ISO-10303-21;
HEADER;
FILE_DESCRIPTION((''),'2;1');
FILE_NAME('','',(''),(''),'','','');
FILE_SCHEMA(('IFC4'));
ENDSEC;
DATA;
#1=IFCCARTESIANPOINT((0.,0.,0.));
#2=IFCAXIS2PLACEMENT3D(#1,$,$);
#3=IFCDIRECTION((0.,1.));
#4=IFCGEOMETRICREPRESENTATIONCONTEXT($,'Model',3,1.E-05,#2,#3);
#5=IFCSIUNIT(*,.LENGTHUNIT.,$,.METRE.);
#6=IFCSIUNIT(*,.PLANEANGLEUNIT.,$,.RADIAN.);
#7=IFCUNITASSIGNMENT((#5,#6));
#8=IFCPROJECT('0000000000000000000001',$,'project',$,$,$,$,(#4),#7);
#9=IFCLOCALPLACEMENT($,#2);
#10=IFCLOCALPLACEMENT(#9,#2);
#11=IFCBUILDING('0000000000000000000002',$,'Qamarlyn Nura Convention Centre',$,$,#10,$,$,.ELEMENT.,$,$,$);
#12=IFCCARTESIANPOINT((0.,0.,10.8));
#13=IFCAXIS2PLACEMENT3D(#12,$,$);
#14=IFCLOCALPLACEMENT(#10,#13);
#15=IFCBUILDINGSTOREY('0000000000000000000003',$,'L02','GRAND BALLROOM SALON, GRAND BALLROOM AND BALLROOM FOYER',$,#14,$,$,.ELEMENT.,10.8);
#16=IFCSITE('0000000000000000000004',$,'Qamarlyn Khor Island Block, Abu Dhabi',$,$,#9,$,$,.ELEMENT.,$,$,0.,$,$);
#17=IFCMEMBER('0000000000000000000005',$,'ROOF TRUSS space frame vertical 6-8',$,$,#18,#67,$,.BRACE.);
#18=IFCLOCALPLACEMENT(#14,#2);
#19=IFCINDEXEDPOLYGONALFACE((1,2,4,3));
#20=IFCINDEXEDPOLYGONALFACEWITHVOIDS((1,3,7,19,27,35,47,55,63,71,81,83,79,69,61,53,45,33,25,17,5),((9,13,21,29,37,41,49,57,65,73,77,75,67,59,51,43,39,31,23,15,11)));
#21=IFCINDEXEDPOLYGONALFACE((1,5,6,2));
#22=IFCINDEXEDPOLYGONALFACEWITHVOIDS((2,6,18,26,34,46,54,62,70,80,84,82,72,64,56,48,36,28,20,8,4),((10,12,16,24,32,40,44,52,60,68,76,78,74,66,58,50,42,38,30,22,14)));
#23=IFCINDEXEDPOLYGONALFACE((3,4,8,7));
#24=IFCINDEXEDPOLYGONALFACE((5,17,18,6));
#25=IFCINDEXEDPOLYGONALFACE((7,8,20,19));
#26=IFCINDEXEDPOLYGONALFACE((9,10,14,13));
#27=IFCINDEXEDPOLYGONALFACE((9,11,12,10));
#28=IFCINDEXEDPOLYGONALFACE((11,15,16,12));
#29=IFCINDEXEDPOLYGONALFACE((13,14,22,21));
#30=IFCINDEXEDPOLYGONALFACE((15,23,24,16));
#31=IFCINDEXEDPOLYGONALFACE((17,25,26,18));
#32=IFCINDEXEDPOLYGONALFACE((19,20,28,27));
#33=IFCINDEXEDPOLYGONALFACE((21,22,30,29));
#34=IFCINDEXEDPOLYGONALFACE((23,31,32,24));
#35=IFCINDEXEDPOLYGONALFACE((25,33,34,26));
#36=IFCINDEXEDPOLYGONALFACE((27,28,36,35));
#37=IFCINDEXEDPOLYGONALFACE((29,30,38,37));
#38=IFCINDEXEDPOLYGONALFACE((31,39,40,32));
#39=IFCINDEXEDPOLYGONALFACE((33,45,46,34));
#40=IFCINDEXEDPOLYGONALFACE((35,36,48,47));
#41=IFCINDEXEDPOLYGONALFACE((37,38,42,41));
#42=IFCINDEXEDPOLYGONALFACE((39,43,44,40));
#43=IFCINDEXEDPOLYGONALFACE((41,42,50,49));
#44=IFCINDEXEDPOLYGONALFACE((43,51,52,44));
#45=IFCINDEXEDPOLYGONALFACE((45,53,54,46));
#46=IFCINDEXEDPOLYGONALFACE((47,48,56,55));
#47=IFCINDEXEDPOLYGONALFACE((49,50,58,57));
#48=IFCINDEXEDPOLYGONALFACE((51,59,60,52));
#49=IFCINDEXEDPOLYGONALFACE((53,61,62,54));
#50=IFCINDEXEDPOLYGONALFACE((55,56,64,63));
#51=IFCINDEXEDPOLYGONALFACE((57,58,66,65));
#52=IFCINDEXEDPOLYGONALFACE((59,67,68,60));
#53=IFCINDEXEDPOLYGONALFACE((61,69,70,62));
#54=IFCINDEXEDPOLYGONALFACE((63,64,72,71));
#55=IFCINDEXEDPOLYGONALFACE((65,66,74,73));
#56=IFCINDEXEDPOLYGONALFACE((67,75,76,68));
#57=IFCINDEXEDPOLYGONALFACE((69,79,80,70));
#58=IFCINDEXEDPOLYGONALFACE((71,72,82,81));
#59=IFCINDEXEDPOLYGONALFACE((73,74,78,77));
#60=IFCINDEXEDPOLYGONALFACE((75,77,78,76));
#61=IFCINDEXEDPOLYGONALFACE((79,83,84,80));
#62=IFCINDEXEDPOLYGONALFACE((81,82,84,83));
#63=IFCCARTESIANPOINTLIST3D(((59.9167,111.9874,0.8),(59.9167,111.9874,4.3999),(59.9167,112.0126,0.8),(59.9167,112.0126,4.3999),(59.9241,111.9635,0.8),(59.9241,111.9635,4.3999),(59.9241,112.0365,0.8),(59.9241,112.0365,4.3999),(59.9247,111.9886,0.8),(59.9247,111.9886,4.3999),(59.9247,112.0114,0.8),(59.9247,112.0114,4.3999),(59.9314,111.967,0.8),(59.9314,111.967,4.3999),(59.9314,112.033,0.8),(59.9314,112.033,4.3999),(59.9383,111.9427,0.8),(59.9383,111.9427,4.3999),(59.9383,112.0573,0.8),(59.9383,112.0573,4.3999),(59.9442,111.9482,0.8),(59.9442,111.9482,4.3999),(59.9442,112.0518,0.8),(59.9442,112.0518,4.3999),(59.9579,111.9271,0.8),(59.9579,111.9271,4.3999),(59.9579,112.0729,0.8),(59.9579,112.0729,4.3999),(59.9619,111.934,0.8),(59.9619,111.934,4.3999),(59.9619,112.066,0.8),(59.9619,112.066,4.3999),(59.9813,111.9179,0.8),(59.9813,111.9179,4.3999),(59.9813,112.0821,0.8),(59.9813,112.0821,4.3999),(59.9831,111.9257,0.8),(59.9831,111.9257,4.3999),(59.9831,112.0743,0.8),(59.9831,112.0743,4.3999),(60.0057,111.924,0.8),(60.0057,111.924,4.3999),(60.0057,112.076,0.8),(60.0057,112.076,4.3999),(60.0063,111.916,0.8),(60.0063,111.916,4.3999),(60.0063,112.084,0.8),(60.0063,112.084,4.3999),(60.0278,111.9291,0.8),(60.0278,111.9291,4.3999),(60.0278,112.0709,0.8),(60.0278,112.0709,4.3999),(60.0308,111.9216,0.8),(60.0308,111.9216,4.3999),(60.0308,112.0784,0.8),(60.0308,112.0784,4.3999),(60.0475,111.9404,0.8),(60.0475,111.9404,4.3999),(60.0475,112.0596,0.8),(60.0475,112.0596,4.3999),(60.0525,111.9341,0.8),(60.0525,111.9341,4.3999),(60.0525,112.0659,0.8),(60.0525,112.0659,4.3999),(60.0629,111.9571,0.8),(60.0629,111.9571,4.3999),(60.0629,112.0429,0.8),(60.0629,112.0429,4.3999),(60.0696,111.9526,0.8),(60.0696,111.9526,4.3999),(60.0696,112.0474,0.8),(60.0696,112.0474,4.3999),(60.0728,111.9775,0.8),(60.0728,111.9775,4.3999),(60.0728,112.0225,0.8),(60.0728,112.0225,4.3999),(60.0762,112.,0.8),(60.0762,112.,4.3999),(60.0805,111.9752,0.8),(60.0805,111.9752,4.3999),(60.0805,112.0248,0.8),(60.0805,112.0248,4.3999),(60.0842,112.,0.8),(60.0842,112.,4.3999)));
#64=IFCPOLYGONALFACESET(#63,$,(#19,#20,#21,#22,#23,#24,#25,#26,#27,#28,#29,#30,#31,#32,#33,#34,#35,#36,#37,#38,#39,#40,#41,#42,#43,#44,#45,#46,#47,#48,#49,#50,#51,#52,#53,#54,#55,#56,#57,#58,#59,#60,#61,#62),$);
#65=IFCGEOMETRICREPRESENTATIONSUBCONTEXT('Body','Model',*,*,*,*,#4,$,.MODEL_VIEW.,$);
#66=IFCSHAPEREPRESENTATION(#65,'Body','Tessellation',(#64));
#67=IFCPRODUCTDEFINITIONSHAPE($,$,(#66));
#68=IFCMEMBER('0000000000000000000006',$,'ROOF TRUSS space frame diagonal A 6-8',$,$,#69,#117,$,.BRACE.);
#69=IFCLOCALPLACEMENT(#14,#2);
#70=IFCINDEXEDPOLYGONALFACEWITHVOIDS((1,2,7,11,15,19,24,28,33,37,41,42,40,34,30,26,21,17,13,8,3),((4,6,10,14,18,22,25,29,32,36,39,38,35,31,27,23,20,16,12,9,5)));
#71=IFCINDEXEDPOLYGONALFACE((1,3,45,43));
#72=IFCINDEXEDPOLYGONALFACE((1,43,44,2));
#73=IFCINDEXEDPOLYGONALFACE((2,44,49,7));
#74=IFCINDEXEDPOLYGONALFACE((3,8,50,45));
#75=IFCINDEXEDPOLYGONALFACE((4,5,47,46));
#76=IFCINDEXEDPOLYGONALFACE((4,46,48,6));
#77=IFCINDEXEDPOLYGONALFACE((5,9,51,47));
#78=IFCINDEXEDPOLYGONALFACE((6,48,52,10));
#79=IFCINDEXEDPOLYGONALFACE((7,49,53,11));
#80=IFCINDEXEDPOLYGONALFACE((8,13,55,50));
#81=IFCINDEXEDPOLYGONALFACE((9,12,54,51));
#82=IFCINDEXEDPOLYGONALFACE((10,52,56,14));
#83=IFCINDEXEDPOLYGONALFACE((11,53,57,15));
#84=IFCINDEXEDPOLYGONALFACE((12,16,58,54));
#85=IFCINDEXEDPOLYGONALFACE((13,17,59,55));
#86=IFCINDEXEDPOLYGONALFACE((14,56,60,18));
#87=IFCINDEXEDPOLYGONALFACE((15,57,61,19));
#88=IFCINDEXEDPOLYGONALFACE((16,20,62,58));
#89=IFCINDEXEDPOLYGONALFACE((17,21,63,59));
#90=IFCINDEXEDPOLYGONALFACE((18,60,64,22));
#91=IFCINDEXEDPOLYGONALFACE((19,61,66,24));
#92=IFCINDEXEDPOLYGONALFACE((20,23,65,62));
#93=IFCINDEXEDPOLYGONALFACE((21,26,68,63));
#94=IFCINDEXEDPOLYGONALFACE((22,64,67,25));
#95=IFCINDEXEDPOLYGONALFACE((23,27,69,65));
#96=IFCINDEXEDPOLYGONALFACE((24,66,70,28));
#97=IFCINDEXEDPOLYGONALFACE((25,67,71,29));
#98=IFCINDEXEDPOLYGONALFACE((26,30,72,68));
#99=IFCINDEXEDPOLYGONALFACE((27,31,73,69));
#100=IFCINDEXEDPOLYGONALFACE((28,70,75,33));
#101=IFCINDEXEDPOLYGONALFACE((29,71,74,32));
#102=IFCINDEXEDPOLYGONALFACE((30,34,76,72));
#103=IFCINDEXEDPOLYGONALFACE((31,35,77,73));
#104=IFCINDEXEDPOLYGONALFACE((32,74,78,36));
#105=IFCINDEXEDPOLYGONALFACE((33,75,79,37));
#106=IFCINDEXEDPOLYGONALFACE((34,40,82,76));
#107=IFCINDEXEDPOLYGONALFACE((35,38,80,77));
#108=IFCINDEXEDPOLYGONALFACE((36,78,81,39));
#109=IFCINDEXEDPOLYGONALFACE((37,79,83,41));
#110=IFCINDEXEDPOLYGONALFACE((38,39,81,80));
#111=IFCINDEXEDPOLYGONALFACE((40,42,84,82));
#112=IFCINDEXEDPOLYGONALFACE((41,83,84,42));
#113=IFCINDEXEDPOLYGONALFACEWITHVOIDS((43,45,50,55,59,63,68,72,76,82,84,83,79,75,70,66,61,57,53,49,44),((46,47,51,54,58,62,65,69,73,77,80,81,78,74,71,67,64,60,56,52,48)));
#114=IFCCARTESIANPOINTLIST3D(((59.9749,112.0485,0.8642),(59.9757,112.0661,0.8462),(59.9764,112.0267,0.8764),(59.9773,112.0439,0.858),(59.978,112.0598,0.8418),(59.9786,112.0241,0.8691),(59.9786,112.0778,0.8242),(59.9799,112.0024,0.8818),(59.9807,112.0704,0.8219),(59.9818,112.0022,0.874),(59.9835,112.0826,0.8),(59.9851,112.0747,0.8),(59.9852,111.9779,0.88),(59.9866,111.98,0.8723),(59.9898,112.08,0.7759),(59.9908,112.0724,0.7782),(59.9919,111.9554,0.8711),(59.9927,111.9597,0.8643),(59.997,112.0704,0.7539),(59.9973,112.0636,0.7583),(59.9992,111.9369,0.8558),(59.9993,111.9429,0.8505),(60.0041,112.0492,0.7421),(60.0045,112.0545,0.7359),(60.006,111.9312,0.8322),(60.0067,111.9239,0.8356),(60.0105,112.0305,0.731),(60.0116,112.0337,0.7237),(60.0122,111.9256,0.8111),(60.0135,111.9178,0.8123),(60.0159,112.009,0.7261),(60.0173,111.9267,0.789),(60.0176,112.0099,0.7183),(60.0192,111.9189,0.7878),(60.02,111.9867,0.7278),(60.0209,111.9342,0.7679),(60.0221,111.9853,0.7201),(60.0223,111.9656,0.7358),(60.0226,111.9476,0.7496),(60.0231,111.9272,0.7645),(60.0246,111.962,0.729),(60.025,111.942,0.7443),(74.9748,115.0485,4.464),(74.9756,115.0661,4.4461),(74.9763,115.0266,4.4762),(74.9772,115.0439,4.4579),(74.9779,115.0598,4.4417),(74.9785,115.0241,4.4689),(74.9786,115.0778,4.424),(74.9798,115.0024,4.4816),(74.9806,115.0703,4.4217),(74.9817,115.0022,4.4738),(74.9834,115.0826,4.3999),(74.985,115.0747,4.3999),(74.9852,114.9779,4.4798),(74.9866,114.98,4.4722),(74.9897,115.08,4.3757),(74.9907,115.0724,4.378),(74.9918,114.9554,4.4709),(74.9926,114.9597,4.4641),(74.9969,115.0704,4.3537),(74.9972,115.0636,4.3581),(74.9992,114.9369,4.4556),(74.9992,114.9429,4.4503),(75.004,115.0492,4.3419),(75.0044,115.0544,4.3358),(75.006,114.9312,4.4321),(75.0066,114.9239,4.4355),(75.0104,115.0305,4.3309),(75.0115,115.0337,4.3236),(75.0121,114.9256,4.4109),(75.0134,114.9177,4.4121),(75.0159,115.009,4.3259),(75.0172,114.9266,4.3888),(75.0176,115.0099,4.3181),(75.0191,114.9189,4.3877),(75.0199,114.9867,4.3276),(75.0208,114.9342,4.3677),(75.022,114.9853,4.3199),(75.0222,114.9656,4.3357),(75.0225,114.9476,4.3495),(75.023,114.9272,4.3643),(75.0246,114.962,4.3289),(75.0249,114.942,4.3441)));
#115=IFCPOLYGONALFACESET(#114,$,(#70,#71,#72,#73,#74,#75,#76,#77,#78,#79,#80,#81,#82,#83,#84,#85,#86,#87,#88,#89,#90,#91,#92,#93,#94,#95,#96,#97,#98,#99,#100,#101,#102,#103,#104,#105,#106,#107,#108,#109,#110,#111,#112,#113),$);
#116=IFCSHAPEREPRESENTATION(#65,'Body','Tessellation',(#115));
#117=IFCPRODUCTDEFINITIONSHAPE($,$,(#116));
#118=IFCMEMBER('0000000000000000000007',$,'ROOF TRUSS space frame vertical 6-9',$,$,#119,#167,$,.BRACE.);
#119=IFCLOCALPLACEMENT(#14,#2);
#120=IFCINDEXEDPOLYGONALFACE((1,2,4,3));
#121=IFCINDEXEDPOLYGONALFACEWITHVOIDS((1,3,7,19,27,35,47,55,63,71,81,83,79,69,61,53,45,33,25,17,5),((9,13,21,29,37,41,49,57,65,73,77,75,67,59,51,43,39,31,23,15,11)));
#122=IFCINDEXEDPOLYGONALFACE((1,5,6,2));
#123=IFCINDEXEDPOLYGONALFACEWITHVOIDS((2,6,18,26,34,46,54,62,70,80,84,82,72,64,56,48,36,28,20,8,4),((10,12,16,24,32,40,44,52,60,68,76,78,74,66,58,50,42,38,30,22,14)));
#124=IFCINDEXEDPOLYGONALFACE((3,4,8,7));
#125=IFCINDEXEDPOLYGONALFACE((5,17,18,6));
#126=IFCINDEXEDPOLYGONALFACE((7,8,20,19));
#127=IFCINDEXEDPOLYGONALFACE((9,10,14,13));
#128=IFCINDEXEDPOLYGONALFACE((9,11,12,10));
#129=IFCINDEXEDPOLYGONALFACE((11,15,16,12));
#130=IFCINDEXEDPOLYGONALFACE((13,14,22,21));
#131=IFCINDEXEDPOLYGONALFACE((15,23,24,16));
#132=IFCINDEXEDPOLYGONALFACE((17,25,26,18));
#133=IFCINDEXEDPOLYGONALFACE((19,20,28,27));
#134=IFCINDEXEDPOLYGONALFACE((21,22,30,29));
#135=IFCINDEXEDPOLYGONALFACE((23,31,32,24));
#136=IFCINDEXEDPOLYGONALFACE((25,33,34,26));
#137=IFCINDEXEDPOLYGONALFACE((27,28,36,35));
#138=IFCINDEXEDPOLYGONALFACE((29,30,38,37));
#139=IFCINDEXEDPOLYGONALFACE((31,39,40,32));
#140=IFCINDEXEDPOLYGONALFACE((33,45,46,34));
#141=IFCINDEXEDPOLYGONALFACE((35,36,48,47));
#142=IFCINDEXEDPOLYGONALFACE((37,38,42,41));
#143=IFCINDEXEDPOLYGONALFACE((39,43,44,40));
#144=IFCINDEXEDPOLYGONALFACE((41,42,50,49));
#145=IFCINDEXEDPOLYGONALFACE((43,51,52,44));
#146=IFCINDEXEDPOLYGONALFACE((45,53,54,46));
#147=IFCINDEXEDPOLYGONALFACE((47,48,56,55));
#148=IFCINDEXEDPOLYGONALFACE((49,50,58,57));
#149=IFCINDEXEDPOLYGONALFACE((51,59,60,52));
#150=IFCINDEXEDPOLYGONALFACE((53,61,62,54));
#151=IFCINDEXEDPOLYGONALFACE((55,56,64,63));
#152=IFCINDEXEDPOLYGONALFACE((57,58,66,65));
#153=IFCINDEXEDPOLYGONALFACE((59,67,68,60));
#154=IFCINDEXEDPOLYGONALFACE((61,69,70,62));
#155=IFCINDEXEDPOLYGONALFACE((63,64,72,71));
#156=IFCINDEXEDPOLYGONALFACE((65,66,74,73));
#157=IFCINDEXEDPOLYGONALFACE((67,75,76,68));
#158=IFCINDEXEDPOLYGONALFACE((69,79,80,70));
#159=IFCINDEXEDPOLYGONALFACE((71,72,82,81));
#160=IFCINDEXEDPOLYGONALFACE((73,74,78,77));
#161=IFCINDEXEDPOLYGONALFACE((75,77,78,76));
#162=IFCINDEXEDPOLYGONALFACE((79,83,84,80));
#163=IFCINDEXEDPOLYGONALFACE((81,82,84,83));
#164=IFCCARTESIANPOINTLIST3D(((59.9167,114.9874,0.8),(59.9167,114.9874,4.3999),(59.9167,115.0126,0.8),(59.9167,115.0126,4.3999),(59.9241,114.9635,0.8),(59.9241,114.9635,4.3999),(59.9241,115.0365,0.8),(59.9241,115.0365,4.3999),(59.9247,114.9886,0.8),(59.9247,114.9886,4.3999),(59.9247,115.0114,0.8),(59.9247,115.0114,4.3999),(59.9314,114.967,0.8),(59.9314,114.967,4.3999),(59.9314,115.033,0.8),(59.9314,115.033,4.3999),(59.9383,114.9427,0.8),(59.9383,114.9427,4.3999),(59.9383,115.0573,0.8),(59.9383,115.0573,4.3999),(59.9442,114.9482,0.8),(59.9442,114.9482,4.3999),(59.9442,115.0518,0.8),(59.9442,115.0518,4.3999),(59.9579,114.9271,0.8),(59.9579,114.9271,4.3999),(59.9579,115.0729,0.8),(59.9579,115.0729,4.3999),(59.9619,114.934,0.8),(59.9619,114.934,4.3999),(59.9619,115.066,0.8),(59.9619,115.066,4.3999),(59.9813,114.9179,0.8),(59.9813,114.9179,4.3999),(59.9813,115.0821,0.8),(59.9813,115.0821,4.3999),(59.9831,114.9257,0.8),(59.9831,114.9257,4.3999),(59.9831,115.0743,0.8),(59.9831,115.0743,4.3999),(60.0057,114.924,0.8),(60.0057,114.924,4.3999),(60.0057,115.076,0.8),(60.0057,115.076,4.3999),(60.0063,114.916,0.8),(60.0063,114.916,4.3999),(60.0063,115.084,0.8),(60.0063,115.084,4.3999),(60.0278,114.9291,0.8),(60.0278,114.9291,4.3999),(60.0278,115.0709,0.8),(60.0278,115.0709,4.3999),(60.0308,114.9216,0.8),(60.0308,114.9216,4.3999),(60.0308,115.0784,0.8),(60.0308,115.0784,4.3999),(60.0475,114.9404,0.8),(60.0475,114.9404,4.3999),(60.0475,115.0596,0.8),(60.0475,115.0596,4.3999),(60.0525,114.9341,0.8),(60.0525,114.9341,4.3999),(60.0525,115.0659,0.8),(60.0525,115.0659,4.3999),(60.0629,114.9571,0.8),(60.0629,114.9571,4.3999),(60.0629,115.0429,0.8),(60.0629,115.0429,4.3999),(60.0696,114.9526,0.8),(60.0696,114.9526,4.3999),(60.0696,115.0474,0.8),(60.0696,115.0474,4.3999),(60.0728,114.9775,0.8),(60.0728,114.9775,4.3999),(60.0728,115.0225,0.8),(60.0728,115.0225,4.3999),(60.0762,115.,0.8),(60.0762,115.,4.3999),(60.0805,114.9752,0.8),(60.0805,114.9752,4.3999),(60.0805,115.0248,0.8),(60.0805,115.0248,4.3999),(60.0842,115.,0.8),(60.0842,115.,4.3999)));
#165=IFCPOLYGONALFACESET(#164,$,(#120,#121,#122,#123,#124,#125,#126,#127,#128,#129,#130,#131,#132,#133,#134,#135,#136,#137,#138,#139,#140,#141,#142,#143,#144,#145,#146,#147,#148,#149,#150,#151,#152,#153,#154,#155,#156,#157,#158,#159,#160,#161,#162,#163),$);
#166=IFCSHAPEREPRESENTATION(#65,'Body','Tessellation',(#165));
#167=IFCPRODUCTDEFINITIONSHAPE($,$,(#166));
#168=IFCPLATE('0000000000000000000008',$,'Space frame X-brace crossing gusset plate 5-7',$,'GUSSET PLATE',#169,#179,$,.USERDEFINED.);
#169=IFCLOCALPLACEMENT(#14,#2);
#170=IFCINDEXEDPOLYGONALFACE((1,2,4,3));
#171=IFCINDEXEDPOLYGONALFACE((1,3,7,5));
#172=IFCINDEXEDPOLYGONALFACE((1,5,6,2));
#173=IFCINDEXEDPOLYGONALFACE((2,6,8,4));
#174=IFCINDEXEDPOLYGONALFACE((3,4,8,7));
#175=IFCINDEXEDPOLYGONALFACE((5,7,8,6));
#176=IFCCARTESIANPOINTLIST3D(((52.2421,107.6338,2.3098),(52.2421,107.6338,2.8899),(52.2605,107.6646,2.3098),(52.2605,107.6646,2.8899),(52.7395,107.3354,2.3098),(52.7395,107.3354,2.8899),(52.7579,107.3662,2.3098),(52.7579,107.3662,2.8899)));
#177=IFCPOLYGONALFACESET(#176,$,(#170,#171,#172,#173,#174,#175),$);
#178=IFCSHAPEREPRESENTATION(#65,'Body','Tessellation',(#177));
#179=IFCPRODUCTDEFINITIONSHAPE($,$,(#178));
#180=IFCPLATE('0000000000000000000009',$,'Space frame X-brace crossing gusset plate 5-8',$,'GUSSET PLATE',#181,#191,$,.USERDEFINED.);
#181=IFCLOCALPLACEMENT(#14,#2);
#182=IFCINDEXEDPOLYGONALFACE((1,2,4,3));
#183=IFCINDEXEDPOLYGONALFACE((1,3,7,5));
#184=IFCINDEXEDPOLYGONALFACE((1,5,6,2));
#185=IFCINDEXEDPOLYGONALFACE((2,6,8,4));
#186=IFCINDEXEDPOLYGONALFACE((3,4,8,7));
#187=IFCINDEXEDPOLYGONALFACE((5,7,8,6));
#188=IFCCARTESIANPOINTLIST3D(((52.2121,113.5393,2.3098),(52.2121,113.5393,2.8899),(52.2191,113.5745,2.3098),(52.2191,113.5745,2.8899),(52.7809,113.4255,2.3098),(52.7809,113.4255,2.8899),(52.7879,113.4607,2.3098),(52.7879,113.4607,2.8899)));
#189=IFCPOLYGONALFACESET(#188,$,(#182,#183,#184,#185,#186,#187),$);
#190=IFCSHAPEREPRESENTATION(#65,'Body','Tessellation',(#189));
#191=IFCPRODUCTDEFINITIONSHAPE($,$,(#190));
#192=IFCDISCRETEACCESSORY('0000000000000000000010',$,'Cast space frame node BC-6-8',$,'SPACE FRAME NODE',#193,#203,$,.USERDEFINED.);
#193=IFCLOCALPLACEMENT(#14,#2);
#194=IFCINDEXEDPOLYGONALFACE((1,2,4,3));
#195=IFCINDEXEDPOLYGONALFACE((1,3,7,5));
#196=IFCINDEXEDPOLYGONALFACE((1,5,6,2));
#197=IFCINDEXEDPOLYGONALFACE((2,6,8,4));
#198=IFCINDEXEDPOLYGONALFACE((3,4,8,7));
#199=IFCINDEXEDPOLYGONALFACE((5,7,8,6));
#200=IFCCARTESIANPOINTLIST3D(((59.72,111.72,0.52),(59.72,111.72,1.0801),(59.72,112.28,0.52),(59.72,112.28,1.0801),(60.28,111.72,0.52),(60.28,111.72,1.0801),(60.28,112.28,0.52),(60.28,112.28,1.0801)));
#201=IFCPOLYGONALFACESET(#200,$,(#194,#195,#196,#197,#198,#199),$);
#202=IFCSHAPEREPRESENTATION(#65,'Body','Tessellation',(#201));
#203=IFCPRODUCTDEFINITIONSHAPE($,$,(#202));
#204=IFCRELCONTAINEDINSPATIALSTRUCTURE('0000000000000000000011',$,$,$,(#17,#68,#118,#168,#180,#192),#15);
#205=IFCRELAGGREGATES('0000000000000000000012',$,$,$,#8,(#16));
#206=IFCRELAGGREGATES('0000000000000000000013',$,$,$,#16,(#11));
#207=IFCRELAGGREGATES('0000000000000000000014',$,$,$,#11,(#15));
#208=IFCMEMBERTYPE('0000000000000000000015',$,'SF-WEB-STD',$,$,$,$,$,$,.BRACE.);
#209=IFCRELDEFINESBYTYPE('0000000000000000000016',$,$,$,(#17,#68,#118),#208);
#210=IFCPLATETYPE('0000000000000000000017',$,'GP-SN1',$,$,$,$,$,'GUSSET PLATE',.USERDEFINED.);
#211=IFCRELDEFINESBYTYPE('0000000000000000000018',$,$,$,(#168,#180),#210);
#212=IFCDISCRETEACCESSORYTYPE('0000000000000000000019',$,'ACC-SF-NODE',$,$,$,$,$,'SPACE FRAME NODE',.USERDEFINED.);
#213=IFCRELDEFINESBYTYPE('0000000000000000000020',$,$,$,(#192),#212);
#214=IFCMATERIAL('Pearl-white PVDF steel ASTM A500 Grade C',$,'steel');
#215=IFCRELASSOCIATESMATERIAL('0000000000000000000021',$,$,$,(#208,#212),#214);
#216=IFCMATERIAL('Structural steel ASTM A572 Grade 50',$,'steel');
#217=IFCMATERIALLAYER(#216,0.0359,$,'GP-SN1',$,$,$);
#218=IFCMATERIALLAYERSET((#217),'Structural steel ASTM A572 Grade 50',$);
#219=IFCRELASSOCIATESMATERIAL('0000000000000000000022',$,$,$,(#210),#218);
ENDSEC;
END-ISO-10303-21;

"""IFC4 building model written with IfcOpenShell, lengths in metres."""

from ifc_helpers import new_model, si_unit, direction, frame, origin, origin_2d, place, context, subcontext, project, spatial, rectangle, hollow_circle, extrude, material, layer, layer_set, material_profile, profile_set, type_object, element, save


model = new_model("IFC4")

# Units and contexts
model_context = context("Model", 3, precision=1e-05, world=origin(), true_north=direction((0.0, 1.0)))
body_context = subcontext(model_context, "Body", "Model", "MODEL_VIEW")
ifc_project = project(units=[si_unit("LENGTHUNIT", "METRE"), si_unit("PLANEANGLEUNIT", "RADIAN")], contexts=[model_context])

# Site, building, storey
site_placement = place(None, origin())
site = spatial("IfcSite", under=ifc_project, at=site_placement, Name="Qamarlyn Khor Island Block, Abu Dhabi", CompositionType="ELEMENT", RefElevation=0.0)
building_placement = place(site_placement, origin())
building = spatial("IfcBuilding", under=site, at=building_placement, Name="Qamarlyn Nura Convention Centre", CompositionType="ELEMENT")
storey_placement = place(building_placement, frame((0.0, 0.0, 10.8)))
storey = spatial("IfcBuildingStorey", under=building, at=storey_placement, Name="L02", Description="GRAND BALLROOM SALON, GRAND BALLROOM AND BALLROOM FOYER", CompositionType="ELEMENT", Elevation=10.8)

# Members
ifc_material_1 = material(Name="Pearl-white PVDF steel ASTM A500 Grade C", Category="steel")
ifc_material_profile_1 = material_profile(ifc_material_1, hollow_circle(Radius=0.0842, WallThickness=0.0081, at=origin_2d()), Name="CHS168.3X8")
ifc_profile_set_1 = profile_set([ifc_material_profile_1], Name="Pearl-white PVDF steel ASTM A500 Grade C")
member_type_1 = type_object("IfcMemberType", Name="SF-WEB-STD", PredefinedType="BRACE", material=ifc_profile_set_1)
member_1_placement = place(storey_placement, frame((60.0, 112.0, 0.8), z_axis=(0.0, 0.0, 1.0), x_axis=(1.0, 0.0, 0.0)))
element("IfcMember", 1, at=member_1_placement, inside=storey, type_object=member_type_1, Name="ROOF TRUSS space frame vertical 6-8", PredefinedType="BRACE", context=body_context, shape_type="SweptSolid", body=[
    extrude(hollow_circle(Radius=0.0842, WallThickness=0.0081, at=origin_2d()), origin(), (0.0, 0.0, 1.0), 3.5999),
])
member_2_placement = place(storey_placement, frame((60.0, 112.0, 0.8), z_axis=(0.954506, 0.190901, 0.229072), x_axis=(-0.196116, 0.980581, 0.0)))
element("IfcMember", 2, at=member_2_placement, inside=storey, type_object=member_type_1, Name="ROOF TRUSS space frame diagonal A 6-8", PredefinedType="BRACE", context=body_context, shape_type="SweptSolid", body=[
    extrude(hollow_circle(Radius=0.0842, WallThickness=0.0081, at=origin_2d()), origin(), (0.0, 0.0, 1.0), 15.7148),
])
member_3_placement = place(storey_placement, frame((60.0, 115.0, 0.8), z_axis=(0.0, 0.0, 1.0), x_axis=(1.0, 0.0, 0.0)))
element("IfcMember", 3, at=member_3_placement, inside=storey, type_object=member_type_1, Name="ROOF TRUSS space frame vertical 6-9", PredefinedType="BRACE", context=body_context, shape_type="SweptSolid", body=[
    extrude(hollow_circle(Radius=0.0842, WallThickness=0.0081, at=origin_2d()), origin(), (0.0, 0.0, 1.0), 3.5999),
])

# Plates
ifc_material_2 = material(Name="Structural steel ASTM A572 Grade 50", Category="steel")
ifc_layer = layer(ifc_material_2, 0.0359, Name="GP-SN1")
ifc_layer_set = layer_set([ifc_layer], Name="Structural steel ASTM A572 Grade 50")
plate_type = type_object("IfcPlateType", Name="GP-SN1", ElementType="GUSSET PLATE", PredefinedType="USERDEFINED", material=ifc_layer_set)
for number, where, z_axis, x_axis, name in (
    (4, (52.5, 107.5, 2.3098), (0.0, 0.0, 1.0), (-0.857493, 0.514496, 0.0), "Space frame X-brace crossing gusset plate 5-7"),
    (5, (52.5, 113.5, 2.3098), (0.0, 0.0, 1.0), (-0.980581, 0.196116, 0.0), "Space frame X-brace crossing gusset plate 5-8"),
):
    element("IfcPlate", number, at=place(storey_placement, frame(where, z_axis=z_axis, x_axis=x_axis)), inside=storey, type_object=plate_type, Name=name, ObjectType="GUSSET PLATE", PredefinedType="USERDEFINED", context=body_context, shape_type="SweptSolid", body=[
        extrude(rectangle(XDim=0.5801, YDim=0.0359, at=origin_2d()), origin(), (0.0, 0.0, 1.0), 0.5801),
    ])

# Discrete accessory
discrete_accessory_type = type_object("IfcDiscreteAccessoryType", Name="ACC-SF-NODE", ElementType="SPACE FRAME NODE", PredefinedType="USERDEFINED", material=ifc_material_1)
for number, where, z_axis, x_axis, name in (
    (6, (60.0, 112.0, 0.52), (0.0, 0.0, 1.0), (1.0, 0.0, 0.0), "Cast space frame node BC-6-8"),
):
    element("IfcDiscreteAccessory", number, at=place(storey_placement, frame(where, z_axis=z_axis, x_axis=x_axis)), inside=storey, type_object=discrete_accessory_type, Name=name, ObjectType="SPACE FRAME NODE", PredefinedType="USERDEFINED", context=body_context, shape_type="SweptSolid", body=[
        extrude(rectangle(XDim=0.5601, YDim=0.5601, at=origin_2d()), origin(), (0.0, 0.0, 1.0), 0.5601),
    ])

save(model, "model.ifc")
